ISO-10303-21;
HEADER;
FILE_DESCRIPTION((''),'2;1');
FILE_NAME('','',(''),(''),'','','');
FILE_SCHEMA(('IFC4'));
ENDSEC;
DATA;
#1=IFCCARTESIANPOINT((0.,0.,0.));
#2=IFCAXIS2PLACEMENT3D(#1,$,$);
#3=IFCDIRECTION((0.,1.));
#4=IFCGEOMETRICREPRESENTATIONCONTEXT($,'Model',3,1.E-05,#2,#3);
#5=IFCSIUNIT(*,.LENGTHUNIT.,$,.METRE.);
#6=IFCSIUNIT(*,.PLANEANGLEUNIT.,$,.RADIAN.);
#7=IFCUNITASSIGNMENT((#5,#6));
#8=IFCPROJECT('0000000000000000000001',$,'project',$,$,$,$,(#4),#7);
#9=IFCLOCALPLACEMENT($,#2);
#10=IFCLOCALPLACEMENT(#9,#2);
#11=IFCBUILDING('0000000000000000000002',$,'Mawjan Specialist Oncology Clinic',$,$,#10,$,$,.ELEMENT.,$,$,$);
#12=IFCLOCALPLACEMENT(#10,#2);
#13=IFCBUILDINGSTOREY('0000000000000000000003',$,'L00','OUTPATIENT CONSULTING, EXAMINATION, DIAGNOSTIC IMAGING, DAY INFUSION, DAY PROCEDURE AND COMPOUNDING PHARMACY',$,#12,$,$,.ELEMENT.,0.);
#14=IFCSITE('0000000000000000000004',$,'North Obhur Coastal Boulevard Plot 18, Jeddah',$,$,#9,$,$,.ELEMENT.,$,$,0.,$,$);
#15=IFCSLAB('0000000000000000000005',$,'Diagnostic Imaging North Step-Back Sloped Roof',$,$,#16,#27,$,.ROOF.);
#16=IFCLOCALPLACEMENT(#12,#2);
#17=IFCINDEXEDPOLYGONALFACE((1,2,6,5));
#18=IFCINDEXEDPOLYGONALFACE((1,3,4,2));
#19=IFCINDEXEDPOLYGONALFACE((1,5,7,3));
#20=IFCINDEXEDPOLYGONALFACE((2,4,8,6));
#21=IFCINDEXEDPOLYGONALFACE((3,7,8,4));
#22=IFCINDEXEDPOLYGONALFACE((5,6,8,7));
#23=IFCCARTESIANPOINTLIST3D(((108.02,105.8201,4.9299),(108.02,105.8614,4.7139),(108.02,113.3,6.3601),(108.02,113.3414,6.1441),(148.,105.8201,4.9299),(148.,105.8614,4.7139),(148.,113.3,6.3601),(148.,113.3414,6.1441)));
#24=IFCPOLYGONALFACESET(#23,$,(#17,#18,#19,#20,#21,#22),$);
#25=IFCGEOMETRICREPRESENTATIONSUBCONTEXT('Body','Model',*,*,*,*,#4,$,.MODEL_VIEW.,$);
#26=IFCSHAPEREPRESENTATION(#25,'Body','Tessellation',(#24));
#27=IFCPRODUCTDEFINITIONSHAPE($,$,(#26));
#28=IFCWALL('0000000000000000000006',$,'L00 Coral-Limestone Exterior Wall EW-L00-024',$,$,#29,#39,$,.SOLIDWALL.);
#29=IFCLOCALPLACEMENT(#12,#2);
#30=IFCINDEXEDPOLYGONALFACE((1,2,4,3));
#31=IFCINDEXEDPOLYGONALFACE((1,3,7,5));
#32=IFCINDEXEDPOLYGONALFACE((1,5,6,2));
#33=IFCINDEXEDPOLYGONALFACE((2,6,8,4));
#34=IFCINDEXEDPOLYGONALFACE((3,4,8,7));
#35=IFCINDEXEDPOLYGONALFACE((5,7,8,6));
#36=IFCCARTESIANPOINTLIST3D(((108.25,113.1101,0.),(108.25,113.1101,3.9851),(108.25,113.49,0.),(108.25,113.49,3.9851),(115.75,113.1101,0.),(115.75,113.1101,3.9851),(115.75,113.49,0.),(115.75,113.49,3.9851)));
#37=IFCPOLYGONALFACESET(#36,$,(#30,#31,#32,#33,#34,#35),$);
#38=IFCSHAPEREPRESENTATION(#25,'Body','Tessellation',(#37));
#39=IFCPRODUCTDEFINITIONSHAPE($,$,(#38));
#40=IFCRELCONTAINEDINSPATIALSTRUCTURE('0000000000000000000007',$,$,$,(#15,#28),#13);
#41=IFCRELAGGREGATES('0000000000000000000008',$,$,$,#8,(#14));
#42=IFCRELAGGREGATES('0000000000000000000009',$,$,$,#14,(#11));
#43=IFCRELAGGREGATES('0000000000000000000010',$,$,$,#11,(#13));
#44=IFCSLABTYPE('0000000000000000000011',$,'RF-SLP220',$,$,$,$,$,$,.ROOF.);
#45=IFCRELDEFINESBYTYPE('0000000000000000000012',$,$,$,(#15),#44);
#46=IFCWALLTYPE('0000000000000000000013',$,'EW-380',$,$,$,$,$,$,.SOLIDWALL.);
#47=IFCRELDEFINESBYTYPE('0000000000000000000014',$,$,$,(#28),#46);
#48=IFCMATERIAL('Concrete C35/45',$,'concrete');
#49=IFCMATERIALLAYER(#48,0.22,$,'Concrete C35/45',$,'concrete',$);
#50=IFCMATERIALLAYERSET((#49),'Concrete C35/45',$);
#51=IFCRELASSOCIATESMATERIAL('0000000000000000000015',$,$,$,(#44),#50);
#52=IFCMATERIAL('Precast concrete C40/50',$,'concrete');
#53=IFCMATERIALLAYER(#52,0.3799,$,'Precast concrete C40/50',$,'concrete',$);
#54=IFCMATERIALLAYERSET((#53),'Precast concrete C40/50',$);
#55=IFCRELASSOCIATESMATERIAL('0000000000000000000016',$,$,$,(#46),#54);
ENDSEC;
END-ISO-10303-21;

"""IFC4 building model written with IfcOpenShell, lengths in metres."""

from ifc_helpers import new_model, si_unit, direction, frame, frame_2d, origin, place, context, subcontext, project, spatial, polyline, rectangle, outline, extrude, material, layer, layer_set, type_object, element, save


model = new_model("IFC4")

# Units and contexts
model_context = context("Model", 3, precision=1e-05, world=origin(), true_north=direction((0.0, 1.0)))
body_context = subcontext(model_context, "Body", "Model", "MODEL_VIEW")
ifc_project = project(units=[si_unit("LENGTHUNIT", "METRE"), si_unit("PLANEANGLEUNIT", "RADIAN")], contexts=[model_context])

# Site, building, storey
site_placement = place(None, origin())
site = spatial("IfcSite", under=ifc_project, at=site_placement, Name="North Obhur Coastal Boulevard Plot 18, Jeddah", CompositionType="ELEMENT", RefElevation=0.0)
building_placement = place(site_placement, origin())
building = spatial("IfcBuilding", under=site, at=building_placement, Name="Mawjan Specialist Oncology Clinic", CompositionType="ELEMENT")
storey_placement = place(building_placement, origin())
storey = spatial("IfcBuildingStorey", under=building, at=storey_placement, Name="L00", Description="OUTPATIENT CONSULTING, EXAMINATION, DIAGNOSTIC IMAGING, DAY INFUSION, DAY PROCEDURE AND COMPOUNDING PHARMACY", CompositionType="ELEMENT", Elevation=0.0)

# Slab
ifc_material_1 = material(Name="Concrete C35/45", Category="concrete")
ifc_layer_1 = layer(ifc_material_1, 0.22, Name="Concrete C35/45", Category="concrete")
ifc_layer_set_1 = layer_set([ifc_layer_1], Name="Concrete C35/45")
slab_type = type_object("IfcSlabType", Name="RF-SLP220", PredefinedType="ROOF", material=ifc_layer_set_1)
slab_placement = place(storey_placement, frame((108.02, 105.8201, 4.9299), z_axis=(0.0, -0.187799, 0.982208), x_axis=(1.0, 0.0, 0.0)))
element("IfcSlab", 1, at=slab_placement, inside=storey, type_object=slab_type, Name="Diagnostic Imaging North Step-Back Sloped Roof", PredefinedType="ROOF", context=body_context, shape_type="SweptSolid", body=[
    extrude(outline(polyline([(0.0, 0.0), (39.98, 0.0), (39.98, 7.6155), (0.0, 7.6155), (0.0, 0.0)])), origin(), (0.0, 0.0, -1.0), 0.22),
])

# Wall
ifc_material_2 = material(Name="Precast concrete C40/50", Category="concrete")
ifc_layer_2 = layer(ifc_material_2, 0.3799, Name="Precast concrete C40/50", Category="concrete")
ifc_layer_set_2 = layer_set([ifc_layer_2], Name="Precast concrete C40/50")
wall_type = type_object("IfcWallType", Name="EW-380", PredefinedType="SOLIDWALL", material=ifc_layer_set_2)
wall_placement = place(storey_placement, frame((108.25, 113.3, 0.0), z_axis=(0.0, 0.0, 1.0), x_axis=(1.0, 0.0, 0.0)))
element("IfcWall", 2, at=wall_placement, inside=storey, type_object=wall_type, Name="L00 Coral-Limestone Exterior Wall EW-L00-024", PredefinedType="SOLIDWALL", context=body_context, shape_type="SweptSolid", body=[
    extrude(rectangle(XDim=7.5, YDim=0.3799, at=frame_2d((3.75, 0.0))), origin(), (0.0, 0.0, 1.0), 3.9851),
])

save(model, "model.ifc")
